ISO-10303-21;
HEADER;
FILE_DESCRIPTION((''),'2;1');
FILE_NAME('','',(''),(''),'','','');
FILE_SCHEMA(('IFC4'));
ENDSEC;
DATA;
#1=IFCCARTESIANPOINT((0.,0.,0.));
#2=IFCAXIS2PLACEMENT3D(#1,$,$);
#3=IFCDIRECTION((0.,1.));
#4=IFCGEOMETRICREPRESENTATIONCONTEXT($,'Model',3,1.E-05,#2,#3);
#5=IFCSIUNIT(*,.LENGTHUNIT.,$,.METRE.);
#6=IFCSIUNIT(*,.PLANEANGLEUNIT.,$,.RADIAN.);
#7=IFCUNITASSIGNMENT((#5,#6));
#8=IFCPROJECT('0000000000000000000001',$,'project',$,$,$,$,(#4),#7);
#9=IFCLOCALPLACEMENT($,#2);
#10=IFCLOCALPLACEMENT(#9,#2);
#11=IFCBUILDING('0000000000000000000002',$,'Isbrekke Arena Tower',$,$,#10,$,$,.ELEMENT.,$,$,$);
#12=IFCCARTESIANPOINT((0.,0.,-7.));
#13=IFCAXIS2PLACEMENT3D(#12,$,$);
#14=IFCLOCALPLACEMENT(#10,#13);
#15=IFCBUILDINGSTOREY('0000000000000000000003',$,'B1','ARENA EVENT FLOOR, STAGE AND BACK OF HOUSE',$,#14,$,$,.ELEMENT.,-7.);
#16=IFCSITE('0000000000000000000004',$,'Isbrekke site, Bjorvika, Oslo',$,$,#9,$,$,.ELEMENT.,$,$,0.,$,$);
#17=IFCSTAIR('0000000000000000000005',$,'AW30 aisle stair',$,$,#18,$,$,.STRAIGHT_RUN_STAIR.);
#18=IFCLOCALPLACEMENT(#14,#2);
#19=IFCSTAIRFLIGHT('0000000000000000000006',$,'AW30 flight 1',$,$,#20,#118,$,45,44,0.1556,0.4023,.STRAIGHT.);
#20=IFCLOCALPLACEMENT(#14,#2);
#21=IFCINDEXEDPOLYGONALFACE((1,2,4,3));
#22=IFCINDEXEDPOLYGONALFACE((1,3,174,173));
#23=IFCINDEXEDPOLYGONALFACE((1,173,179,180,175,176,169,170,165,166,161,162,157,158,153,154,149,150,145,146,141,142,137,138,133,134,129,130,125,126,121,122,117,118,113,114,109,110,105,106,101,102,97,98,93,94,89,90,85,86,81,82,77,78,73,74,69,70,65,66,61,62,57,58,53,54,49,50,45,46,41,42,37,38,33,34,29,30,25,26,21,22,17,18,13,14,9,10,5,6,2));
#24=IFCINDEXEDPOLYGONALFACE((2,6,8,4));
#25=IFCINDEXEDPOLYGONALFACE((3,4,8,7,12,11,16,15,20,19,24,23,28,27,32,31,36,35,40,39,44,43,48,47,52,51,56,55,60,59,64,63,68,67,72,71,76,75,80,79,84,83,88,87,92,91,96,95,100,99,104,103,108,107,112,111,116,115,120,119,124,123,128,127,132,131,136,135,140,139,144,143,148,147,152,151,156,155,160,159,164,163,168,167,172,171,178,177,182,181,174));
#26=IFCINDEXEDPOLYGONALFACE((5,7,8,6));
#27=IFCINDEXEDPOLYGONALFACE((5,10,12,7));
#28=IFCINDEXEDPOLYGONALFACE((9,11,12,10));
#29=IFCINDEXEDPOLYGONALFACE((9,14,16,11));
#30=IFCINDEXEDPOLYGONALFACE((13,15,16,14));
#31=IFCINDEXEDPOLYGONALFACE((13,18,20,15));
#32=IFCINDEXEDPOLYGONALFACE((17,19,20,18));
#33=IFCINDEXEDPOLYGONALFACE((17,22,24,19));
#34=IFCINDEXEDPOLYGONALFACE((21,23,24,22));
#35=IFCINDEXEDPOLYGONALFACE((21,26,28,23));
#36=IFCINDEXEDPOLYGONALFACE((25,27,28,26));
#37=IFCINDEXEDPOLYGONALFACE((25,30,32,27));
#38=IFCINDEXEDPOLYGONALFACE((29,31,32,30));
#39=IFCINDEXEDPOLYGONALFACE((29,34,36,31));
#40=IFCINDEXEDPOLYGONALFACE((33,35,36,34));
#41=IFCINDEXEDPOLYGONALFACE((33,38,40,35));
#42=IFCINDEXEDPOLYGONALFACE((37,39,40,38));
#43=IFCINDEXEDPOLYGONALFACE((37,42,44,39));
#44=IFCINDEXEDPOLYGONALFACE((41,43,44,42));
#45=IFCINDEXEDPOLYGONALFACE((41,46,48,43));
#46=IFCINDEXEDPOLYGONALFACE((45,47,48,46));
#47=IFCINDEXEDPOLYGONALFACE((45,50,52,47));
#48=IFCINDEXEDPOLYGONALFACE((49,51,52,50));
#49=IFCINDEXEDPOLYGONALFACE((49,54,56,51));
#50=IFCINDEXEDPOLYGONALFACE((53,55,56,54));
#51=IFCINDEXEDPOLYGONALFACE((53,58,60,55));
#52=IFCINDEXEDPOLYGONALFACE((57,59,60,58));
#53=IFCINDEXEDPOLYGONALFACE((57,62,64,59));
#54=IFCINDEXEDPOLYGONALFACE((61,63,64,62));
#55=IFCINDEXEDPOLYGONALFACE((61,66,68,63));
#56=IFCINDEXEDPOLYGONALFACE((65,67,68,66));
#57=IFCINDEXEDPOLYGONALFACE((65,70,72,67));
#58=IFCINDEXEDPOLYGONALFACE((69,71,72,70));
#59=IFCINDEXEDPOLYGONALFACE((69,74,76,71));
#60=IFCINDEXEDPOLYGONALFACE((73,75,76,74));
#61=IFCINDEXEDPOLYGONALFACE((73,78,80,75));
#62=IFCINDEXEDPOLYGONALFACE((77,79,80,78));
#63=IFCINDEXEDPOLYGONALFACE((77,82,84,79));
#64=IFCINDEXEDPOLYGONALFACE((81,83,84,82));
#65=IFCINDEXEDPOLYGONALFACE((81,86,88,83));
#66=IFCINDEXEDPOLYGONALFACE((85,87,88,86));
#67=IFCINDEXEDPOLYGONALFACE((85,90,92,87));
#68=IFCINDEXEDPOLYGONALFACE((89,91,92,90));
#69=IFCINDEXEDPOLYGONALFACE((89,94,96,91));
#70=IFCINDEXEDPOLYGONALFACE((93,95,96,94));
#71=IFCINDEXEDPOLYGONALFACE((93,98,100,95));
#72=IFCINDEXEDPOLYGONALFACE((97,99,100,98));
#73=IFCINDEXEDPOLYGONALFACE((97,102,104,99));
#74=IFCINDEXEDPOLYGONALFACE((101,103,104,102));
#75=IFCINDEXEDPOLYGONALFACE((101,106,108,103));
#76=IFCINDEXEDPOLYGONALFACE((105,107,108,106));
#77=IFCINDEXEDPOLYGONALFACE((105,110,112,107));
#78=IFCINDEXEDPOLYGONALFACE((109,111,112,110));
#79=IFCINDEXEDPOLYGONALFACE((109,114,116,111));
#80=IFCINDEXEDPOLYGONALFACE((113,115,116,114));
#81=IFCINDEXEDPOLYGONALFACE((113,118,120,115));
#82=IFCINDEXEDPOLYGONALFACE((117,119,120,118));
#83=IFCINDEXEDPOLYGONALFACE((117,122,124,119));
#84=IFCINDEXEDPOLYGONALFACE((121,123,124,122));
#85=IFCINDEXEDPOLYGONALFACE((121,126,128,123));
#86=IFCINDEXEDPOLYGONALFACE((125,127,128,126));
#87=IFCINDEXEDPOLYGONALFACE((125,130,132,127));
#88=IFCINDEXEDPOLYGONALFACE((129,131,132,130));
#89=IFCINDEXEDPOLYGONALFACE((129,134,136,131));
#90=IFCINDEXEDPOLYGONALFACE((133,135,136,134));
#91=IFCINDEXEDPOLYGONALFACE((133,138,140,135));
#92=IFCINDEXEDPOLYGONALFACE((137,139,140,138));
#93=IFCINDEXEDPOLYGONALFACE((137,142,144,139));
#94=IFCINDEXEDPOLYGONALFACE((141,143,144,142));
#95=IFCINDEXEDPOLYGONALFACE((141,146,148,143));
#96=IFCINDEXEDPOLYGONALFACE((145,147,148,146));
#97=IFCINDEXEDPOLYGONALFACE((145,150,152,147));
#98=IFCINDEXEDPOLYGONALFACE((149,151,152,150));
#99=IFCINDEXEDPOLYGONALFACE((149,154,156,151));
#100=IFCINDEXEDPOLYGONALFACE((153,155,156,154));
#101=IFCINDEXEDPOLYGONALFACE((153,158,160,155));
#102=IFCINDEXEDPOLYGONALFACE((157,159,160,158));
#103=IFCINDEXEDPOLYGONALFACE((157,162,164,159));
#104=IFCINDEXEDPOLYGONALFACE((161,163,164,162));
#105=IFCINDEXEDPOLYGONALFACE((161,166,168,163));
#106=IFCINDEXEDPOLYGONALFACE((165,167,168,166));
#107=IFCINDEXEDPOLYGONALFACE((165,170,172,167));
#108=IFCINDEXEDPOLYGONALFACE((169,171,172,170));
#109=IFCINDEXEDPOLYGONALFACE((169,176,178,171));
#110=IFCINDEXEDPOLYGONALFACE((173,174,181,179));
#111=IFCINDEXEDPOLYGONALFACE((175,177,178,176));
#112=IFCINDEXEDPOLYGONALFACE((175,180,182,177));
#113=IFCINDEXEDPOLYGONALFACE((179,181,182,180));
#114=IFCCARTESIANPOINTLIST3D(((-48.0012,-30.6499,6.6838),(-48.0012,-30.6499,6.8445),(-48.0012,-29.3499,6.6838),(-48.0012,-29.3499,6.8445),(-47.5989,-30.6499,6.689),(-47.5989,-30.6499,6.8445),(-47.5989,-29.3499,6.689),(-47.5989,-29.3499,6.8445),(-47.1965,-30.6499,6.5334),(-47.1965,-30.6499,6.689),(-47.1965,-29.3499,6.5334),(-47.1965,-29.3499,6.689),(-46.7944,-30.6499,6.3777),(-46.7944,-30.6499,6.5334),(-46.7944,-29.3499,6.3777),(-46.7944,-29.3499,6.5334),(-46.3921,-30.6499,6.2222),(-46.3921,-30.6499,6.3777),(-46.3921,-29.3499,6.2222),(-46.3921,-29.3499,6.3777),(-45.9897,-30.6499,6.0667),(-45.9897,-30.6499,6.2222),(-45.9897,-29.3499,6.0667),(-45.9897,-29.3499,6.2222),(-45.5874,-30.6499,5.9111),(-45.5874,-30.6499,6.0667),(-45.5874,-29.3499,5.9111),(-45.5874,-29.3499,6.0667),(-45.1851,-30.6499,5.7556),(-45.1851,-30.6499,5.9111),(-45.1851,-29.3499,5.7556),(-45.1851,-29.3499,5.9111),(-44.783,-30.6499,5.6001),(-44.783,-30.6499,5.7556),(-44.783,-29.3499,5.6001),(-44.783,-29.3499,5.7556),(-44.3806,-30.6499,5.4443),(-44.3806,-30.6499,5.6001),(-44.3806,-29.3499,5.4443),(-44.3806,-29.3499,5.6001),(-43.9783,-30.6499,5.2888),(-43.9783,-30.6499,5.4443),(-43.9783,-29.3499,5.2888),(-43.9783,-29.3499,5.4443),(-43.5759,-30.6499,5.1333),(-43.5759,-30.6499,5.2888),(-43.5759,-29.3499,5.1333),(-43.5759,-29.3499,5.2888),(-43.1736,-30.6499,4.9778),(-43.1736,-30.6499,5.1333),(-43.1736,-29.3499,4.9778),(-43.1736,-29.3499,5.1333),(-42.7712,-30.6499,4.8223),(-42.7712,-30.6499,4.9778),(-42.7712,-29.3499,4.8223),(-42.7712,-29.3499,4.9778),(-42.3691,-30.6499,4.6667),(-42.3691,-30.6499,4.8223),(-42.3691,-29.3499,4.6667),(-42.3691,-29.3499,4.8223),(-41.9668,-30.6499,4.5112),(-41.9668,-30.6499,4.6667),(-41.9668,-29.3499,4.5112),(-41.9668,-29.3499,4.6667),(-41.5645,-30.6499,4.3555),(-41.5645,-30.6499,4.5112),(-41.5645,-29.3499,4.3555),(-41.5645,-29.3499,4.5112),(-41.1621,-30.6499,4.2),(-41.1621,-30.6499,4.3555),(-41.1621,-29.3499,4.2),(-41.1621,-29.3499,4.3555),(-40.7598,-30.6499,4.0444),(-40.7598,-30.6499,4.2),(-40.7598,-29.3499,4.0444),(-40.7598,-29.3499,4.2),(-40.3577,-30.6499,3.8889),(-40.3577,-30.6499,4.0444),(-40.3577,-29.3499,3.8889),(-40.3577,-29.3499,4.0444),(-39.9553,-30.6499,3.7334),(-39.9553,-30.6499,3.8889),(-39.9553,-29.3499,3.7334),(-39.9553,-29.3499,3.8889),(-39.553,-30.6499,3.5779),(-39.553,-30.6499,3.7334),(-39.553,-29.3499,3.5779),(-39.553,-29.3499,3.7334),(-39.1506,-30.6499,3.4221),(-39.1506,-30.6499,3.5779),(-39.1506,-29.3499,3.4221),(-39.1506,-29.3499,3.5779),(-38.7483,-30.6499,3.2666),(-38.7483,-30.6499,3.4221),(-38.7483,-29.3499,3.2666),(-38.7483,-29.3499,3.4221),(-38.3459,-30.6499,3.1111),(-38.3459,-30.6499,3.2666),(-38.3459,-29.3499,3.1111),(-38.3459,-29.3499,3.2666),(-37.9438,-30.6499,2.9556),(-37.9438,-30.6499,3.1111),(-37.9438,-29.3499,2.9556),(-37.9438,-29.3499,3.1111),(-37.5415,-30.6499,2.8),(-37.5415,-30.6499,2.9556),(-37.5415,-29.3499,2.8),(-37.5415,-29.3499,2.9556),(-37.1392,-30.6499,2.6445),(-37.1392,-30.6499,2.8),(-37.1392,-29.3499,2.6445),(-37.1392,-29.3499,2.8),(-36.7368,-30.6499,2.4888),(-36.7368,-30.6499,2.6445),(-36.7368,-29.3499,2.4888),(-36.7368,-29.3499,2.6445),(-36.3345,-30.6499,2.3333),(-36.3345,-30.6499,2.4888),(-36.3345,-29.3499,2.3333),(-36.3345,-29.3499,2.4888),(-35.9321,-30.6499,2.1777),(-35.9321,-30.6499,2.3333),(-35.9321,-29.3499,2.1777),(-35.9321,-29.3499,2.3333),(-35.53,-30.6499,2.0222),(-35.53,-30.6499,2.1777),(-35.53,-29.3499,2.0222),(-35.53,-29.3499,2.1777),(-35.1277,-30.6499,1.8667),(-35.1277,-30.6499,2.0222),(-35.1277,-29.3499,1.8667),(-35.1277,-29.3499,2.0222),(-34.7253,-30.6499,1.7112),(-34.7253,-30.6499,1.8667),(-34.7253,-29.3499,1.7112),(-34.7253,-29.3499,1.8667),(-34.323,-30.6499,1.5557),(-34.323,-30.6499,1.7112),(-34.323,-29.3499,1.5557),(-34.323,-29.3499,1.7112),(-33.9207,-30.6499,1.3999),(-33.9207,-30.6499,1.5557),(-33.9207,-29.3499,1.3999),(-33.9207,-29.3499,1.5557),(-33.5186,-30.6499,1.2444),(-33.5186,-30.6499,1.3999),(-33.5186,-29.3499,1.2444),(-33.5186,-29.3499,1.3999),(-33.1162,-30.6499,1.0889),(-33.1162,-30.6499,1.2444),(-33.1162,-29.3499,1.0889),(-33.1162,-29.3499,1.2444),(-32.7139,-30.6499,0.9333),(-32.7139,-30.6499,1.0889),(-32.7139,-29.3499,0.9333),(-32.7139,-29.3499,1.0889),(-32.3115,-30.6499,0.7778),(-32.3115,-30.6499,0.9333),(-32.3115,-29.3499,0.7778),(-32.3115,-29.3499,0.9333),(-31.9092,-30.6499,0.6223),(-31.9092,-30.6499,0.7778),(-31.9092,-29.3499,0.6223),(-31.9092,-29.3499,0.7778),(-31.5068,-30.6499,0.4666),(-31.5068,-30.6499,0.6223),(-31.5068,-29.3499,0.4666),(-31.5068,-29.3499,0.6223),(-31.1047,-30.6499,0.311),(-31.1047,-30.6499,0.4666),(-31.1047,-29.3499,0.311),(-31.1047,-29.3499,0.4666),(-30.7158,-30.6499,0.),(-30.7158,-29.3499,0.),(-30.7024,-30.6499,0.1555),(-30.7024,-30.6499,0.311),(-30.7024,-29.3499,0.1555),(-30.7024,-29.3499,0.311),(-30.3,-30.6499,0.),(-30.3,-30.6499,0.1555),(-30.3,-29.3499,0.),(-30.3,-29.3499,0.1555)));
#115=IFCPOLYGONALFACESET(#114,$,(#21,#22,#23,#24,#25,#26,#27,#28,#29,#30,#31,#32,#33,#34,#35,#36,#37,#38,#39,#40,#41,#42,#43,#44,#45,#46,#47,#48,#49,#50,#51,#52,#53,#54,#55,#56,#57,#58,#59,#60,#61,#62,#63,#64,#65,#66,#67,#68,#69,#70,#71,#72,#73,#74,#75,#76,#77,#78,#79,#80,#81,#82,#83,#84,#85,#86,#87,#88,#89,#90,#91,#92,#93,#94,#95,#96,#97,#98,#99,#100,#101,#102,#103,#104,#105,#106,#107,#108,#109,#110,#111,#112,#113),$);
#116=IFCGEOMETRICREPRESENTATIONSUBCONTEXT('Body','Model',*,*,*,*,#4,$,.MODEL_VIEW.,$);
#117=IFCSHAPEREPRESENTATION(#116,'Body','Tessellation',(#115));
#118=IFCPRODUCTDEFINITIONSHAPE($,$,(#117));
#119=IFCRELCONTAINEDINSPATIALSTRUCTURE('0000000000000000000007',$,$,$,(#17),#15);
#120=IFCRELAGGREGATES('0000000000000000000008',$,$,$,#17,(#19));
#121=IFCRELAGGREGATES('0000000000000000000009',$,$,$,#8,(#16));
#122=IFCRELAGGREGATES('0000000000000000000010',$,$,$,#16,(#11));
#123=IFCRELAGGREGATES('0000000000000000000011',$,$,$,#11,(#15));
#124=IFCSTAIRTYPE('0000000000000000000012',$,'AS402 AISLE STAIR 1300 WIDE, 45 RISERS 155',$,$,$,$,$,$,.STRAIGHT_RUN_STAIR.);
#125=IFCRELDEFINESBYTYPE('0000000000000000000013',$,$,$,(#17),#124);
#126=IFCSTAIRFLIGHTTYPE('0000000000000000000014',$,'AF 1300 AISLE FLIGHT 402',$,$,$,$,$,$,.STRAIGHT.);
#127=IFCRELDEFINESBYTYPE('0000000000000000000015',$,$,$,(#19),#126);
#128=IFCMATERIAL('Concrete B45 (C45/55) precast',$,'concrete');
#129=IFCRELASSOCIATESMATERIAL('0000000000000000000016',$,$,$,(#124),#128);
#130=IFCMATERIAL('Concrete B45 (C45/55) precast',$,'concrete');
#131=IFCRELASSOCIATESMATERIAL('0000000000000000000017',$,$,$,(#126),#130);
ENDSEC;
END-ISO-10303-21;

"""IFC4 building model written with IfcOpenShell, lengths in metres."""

from ifc_helpers import new_model, si_unit, direction, frame, origin, place, context, subcontext, project, spatial, polyline, outline, extrude, material, type_object, element, aggregate, save


model = new_model("IFC4")

# Units and contexts
model_context = context("Model", 3, precision=1e-05, world=origin(), true_north=direction((0.0, 1.0)))
body_context = subcontext(model_context, "Body", "Model", "MODEL_VIEW")
ifc_project = project(units=[si_unit("LENGTHUNIT", "METRE"), si_unit("PLANEANGLEUNIT", "RADIAN")], contexts=[model_context])

# Site, building, storey
site_placement = place(None, origin())
site = spatial("IfcSite", under=ifc_project, at=site_placement, Name="Isbrekke site, Bjorvika, Oslo", CompositionType="ELEMENT", RefElevation=0.0)
building_placement = place(site_placement, origin())
building = spatial("IfcBuilding", under=site, at=building_placement, Name="Isbrekke Arena Tower", CompositionType="ELEMENT")
storey_placement = place(building_placement, frame((0.0, 0.0, -7.0)))
storey = spatial("IfcBuildingStorey", under=building, at=storey_placement, Name="B1", Description="ARENA EVENT FLOOR, STAGE AND BACK OF HOUSE", CompositionType="ELEMENT", Elevation=-7.0)

# Stair, stair flight
ifc_material_1 = material(Name="Concrete B45 (C45/55) precast", Category="concrete")
stair_type = type_object("IfcStairType", Name="AS402 AISLE STAIR 1300 WIDE, 45 RISERS 155", PredefinedType="STRAIGHT_RUN_STAIR", material=ifc_material_1)
stair_1_placement = place(storey_placement, origin())
stair_1 = element("IfcStair", 1, at=stair_1_placement, inside=storey, type_object=stair_type, Name="AW30 aisle stair", PredefinedType="STRAIGHT_RUN_STAIR")
ifc_material_2 = material(Name="Concrete B45 (C45/55) precast", Category="concrete")
stair_flight_type = type_object("IfcStairFlightType", Name="AF 1300 AISLE FLIGHT 402", PredefinedType="STRAIGHT", material=ifc_material_2)
stair_flight_1_placement = place(storey_placement, frame((-30.3, -30.0, 0.0), z_axis=(0.0, 0.0, 1.0), x_axis=(-1.0, 0.0, 0.0)))
stair_flight_1 = element("IfcStairFlight", 2, at=stair_flight_1_placement, type_object=stair_flight_type, Name="AW30 flight 1", NumberOfRisers=45, NumberOfTreads=44, PredefinedType="STRAIGHT", RiserHeight=0.1556, TreadLength=0.4023, context=body_context, shape_type="SweptSolid", body=[
    extrude(outline(polyline([(0.0, 0.0), (0.0, 0.1555), (0.4023, 0.1555), (0.4023, 0.311), (0.8047, 0.311), (0.8047, 0.4666), (1.2068, 0.4666), (1.2068, 0.6223), (1.6091, 0.6223), (1.6091, 0.7778), (2.0115, 0.7778), (2.0115, 0.9333), (2.4138, 0.9333), (2.4138, 1.0889), (2.8162, 1.0889), (2.8162, 1.2444), (3.2185, 1.2444), (3.2185, 1.3999), (3.6206, 1.3999), (3.6206, 1.5557), (4.0229, 1.5557), (4.0229, 1.7112), (4.4253, 1.7112), (4.4253, 1.8667), (4.8276, 1.8667), (4.8276, 2.0222), (5.23, 2.0222), (5.23, 2.1777), (5.6321, 2.1777), (5.6321, 2.3333), (6.0344, 2.3333), (6.0344, 2.4888), (6.4368, 2.4888), (6.4368, 2.6445), (6.8391, 2.6445), (6.8391, 2.8), (7.2415, 2.8), (7.2415, 2.9556), (7.6438, 2.9556), (7.6438, 3.1111), (8.0459, 3.1111), (8.0459, 3.2666), (8.4482, 3.2666), (8.4482, 3.4221), (8.8506, 3.4221), (8.8506, 3.5779), (9.2529, 3.5779), (9.2529, 3.7334), (9.6553, 3.7334), (9.6553, 3.8889), (10.0576, 3.8889), (10.0576, 4.0444), (10.4597, 4.0444), (10.4597, 4.2), (10.8621, 4.2), (10.8621, 4.3555), (11.2644, 4.3555), (11.2644, 4.5112), (11.6667, 4.5112), (11.6667, 4.6667), (12.0691, 4.6667), (12.0691, 4.8223), (12.4712, 4.8223), (12.4712, 4.9778), (12.8735, 4.9778), (12.8735, 5.1333), (13.2759, 5.1333), (13.2759, 5.2888), (13.6782, 5.2888), (13.6782, 5.4443), (14.0806, 5.4443), (14.0806, 5.6001), (14.4829, 5.6001), (14.4829, 5.7556), (14.885, 5.7556), (14.885, 5.9111), (15.2874, 5.9111), (15.2874, 6.0667), (15.6897, 6.0667), (15.6897, 6.2222), (16.092, 6.2222), (16.092, 6.3777), (16.4944, 6.3777), (16.4944, 6.5334), (16.8965, 6.5334), (16.8965, 6.689), (17.2988, 6.689), (17.2988, 6.8445), (17.7012, 6.8445), (17.7012, 7.0), (17.7012, 6.6838), (0.4158, 0.0), (0.0, 0.0)])), frame((0.0, 0.6499, 0.0), z_axis=(0.0, -1.0, 0.0), x_axis=(1.0, 0.0, 0.0)), (0.0, 0.0, 1.0), 1.3),
])
aggregate(stair_1, [stair_flight_1])

save(model, "model.ifc")
